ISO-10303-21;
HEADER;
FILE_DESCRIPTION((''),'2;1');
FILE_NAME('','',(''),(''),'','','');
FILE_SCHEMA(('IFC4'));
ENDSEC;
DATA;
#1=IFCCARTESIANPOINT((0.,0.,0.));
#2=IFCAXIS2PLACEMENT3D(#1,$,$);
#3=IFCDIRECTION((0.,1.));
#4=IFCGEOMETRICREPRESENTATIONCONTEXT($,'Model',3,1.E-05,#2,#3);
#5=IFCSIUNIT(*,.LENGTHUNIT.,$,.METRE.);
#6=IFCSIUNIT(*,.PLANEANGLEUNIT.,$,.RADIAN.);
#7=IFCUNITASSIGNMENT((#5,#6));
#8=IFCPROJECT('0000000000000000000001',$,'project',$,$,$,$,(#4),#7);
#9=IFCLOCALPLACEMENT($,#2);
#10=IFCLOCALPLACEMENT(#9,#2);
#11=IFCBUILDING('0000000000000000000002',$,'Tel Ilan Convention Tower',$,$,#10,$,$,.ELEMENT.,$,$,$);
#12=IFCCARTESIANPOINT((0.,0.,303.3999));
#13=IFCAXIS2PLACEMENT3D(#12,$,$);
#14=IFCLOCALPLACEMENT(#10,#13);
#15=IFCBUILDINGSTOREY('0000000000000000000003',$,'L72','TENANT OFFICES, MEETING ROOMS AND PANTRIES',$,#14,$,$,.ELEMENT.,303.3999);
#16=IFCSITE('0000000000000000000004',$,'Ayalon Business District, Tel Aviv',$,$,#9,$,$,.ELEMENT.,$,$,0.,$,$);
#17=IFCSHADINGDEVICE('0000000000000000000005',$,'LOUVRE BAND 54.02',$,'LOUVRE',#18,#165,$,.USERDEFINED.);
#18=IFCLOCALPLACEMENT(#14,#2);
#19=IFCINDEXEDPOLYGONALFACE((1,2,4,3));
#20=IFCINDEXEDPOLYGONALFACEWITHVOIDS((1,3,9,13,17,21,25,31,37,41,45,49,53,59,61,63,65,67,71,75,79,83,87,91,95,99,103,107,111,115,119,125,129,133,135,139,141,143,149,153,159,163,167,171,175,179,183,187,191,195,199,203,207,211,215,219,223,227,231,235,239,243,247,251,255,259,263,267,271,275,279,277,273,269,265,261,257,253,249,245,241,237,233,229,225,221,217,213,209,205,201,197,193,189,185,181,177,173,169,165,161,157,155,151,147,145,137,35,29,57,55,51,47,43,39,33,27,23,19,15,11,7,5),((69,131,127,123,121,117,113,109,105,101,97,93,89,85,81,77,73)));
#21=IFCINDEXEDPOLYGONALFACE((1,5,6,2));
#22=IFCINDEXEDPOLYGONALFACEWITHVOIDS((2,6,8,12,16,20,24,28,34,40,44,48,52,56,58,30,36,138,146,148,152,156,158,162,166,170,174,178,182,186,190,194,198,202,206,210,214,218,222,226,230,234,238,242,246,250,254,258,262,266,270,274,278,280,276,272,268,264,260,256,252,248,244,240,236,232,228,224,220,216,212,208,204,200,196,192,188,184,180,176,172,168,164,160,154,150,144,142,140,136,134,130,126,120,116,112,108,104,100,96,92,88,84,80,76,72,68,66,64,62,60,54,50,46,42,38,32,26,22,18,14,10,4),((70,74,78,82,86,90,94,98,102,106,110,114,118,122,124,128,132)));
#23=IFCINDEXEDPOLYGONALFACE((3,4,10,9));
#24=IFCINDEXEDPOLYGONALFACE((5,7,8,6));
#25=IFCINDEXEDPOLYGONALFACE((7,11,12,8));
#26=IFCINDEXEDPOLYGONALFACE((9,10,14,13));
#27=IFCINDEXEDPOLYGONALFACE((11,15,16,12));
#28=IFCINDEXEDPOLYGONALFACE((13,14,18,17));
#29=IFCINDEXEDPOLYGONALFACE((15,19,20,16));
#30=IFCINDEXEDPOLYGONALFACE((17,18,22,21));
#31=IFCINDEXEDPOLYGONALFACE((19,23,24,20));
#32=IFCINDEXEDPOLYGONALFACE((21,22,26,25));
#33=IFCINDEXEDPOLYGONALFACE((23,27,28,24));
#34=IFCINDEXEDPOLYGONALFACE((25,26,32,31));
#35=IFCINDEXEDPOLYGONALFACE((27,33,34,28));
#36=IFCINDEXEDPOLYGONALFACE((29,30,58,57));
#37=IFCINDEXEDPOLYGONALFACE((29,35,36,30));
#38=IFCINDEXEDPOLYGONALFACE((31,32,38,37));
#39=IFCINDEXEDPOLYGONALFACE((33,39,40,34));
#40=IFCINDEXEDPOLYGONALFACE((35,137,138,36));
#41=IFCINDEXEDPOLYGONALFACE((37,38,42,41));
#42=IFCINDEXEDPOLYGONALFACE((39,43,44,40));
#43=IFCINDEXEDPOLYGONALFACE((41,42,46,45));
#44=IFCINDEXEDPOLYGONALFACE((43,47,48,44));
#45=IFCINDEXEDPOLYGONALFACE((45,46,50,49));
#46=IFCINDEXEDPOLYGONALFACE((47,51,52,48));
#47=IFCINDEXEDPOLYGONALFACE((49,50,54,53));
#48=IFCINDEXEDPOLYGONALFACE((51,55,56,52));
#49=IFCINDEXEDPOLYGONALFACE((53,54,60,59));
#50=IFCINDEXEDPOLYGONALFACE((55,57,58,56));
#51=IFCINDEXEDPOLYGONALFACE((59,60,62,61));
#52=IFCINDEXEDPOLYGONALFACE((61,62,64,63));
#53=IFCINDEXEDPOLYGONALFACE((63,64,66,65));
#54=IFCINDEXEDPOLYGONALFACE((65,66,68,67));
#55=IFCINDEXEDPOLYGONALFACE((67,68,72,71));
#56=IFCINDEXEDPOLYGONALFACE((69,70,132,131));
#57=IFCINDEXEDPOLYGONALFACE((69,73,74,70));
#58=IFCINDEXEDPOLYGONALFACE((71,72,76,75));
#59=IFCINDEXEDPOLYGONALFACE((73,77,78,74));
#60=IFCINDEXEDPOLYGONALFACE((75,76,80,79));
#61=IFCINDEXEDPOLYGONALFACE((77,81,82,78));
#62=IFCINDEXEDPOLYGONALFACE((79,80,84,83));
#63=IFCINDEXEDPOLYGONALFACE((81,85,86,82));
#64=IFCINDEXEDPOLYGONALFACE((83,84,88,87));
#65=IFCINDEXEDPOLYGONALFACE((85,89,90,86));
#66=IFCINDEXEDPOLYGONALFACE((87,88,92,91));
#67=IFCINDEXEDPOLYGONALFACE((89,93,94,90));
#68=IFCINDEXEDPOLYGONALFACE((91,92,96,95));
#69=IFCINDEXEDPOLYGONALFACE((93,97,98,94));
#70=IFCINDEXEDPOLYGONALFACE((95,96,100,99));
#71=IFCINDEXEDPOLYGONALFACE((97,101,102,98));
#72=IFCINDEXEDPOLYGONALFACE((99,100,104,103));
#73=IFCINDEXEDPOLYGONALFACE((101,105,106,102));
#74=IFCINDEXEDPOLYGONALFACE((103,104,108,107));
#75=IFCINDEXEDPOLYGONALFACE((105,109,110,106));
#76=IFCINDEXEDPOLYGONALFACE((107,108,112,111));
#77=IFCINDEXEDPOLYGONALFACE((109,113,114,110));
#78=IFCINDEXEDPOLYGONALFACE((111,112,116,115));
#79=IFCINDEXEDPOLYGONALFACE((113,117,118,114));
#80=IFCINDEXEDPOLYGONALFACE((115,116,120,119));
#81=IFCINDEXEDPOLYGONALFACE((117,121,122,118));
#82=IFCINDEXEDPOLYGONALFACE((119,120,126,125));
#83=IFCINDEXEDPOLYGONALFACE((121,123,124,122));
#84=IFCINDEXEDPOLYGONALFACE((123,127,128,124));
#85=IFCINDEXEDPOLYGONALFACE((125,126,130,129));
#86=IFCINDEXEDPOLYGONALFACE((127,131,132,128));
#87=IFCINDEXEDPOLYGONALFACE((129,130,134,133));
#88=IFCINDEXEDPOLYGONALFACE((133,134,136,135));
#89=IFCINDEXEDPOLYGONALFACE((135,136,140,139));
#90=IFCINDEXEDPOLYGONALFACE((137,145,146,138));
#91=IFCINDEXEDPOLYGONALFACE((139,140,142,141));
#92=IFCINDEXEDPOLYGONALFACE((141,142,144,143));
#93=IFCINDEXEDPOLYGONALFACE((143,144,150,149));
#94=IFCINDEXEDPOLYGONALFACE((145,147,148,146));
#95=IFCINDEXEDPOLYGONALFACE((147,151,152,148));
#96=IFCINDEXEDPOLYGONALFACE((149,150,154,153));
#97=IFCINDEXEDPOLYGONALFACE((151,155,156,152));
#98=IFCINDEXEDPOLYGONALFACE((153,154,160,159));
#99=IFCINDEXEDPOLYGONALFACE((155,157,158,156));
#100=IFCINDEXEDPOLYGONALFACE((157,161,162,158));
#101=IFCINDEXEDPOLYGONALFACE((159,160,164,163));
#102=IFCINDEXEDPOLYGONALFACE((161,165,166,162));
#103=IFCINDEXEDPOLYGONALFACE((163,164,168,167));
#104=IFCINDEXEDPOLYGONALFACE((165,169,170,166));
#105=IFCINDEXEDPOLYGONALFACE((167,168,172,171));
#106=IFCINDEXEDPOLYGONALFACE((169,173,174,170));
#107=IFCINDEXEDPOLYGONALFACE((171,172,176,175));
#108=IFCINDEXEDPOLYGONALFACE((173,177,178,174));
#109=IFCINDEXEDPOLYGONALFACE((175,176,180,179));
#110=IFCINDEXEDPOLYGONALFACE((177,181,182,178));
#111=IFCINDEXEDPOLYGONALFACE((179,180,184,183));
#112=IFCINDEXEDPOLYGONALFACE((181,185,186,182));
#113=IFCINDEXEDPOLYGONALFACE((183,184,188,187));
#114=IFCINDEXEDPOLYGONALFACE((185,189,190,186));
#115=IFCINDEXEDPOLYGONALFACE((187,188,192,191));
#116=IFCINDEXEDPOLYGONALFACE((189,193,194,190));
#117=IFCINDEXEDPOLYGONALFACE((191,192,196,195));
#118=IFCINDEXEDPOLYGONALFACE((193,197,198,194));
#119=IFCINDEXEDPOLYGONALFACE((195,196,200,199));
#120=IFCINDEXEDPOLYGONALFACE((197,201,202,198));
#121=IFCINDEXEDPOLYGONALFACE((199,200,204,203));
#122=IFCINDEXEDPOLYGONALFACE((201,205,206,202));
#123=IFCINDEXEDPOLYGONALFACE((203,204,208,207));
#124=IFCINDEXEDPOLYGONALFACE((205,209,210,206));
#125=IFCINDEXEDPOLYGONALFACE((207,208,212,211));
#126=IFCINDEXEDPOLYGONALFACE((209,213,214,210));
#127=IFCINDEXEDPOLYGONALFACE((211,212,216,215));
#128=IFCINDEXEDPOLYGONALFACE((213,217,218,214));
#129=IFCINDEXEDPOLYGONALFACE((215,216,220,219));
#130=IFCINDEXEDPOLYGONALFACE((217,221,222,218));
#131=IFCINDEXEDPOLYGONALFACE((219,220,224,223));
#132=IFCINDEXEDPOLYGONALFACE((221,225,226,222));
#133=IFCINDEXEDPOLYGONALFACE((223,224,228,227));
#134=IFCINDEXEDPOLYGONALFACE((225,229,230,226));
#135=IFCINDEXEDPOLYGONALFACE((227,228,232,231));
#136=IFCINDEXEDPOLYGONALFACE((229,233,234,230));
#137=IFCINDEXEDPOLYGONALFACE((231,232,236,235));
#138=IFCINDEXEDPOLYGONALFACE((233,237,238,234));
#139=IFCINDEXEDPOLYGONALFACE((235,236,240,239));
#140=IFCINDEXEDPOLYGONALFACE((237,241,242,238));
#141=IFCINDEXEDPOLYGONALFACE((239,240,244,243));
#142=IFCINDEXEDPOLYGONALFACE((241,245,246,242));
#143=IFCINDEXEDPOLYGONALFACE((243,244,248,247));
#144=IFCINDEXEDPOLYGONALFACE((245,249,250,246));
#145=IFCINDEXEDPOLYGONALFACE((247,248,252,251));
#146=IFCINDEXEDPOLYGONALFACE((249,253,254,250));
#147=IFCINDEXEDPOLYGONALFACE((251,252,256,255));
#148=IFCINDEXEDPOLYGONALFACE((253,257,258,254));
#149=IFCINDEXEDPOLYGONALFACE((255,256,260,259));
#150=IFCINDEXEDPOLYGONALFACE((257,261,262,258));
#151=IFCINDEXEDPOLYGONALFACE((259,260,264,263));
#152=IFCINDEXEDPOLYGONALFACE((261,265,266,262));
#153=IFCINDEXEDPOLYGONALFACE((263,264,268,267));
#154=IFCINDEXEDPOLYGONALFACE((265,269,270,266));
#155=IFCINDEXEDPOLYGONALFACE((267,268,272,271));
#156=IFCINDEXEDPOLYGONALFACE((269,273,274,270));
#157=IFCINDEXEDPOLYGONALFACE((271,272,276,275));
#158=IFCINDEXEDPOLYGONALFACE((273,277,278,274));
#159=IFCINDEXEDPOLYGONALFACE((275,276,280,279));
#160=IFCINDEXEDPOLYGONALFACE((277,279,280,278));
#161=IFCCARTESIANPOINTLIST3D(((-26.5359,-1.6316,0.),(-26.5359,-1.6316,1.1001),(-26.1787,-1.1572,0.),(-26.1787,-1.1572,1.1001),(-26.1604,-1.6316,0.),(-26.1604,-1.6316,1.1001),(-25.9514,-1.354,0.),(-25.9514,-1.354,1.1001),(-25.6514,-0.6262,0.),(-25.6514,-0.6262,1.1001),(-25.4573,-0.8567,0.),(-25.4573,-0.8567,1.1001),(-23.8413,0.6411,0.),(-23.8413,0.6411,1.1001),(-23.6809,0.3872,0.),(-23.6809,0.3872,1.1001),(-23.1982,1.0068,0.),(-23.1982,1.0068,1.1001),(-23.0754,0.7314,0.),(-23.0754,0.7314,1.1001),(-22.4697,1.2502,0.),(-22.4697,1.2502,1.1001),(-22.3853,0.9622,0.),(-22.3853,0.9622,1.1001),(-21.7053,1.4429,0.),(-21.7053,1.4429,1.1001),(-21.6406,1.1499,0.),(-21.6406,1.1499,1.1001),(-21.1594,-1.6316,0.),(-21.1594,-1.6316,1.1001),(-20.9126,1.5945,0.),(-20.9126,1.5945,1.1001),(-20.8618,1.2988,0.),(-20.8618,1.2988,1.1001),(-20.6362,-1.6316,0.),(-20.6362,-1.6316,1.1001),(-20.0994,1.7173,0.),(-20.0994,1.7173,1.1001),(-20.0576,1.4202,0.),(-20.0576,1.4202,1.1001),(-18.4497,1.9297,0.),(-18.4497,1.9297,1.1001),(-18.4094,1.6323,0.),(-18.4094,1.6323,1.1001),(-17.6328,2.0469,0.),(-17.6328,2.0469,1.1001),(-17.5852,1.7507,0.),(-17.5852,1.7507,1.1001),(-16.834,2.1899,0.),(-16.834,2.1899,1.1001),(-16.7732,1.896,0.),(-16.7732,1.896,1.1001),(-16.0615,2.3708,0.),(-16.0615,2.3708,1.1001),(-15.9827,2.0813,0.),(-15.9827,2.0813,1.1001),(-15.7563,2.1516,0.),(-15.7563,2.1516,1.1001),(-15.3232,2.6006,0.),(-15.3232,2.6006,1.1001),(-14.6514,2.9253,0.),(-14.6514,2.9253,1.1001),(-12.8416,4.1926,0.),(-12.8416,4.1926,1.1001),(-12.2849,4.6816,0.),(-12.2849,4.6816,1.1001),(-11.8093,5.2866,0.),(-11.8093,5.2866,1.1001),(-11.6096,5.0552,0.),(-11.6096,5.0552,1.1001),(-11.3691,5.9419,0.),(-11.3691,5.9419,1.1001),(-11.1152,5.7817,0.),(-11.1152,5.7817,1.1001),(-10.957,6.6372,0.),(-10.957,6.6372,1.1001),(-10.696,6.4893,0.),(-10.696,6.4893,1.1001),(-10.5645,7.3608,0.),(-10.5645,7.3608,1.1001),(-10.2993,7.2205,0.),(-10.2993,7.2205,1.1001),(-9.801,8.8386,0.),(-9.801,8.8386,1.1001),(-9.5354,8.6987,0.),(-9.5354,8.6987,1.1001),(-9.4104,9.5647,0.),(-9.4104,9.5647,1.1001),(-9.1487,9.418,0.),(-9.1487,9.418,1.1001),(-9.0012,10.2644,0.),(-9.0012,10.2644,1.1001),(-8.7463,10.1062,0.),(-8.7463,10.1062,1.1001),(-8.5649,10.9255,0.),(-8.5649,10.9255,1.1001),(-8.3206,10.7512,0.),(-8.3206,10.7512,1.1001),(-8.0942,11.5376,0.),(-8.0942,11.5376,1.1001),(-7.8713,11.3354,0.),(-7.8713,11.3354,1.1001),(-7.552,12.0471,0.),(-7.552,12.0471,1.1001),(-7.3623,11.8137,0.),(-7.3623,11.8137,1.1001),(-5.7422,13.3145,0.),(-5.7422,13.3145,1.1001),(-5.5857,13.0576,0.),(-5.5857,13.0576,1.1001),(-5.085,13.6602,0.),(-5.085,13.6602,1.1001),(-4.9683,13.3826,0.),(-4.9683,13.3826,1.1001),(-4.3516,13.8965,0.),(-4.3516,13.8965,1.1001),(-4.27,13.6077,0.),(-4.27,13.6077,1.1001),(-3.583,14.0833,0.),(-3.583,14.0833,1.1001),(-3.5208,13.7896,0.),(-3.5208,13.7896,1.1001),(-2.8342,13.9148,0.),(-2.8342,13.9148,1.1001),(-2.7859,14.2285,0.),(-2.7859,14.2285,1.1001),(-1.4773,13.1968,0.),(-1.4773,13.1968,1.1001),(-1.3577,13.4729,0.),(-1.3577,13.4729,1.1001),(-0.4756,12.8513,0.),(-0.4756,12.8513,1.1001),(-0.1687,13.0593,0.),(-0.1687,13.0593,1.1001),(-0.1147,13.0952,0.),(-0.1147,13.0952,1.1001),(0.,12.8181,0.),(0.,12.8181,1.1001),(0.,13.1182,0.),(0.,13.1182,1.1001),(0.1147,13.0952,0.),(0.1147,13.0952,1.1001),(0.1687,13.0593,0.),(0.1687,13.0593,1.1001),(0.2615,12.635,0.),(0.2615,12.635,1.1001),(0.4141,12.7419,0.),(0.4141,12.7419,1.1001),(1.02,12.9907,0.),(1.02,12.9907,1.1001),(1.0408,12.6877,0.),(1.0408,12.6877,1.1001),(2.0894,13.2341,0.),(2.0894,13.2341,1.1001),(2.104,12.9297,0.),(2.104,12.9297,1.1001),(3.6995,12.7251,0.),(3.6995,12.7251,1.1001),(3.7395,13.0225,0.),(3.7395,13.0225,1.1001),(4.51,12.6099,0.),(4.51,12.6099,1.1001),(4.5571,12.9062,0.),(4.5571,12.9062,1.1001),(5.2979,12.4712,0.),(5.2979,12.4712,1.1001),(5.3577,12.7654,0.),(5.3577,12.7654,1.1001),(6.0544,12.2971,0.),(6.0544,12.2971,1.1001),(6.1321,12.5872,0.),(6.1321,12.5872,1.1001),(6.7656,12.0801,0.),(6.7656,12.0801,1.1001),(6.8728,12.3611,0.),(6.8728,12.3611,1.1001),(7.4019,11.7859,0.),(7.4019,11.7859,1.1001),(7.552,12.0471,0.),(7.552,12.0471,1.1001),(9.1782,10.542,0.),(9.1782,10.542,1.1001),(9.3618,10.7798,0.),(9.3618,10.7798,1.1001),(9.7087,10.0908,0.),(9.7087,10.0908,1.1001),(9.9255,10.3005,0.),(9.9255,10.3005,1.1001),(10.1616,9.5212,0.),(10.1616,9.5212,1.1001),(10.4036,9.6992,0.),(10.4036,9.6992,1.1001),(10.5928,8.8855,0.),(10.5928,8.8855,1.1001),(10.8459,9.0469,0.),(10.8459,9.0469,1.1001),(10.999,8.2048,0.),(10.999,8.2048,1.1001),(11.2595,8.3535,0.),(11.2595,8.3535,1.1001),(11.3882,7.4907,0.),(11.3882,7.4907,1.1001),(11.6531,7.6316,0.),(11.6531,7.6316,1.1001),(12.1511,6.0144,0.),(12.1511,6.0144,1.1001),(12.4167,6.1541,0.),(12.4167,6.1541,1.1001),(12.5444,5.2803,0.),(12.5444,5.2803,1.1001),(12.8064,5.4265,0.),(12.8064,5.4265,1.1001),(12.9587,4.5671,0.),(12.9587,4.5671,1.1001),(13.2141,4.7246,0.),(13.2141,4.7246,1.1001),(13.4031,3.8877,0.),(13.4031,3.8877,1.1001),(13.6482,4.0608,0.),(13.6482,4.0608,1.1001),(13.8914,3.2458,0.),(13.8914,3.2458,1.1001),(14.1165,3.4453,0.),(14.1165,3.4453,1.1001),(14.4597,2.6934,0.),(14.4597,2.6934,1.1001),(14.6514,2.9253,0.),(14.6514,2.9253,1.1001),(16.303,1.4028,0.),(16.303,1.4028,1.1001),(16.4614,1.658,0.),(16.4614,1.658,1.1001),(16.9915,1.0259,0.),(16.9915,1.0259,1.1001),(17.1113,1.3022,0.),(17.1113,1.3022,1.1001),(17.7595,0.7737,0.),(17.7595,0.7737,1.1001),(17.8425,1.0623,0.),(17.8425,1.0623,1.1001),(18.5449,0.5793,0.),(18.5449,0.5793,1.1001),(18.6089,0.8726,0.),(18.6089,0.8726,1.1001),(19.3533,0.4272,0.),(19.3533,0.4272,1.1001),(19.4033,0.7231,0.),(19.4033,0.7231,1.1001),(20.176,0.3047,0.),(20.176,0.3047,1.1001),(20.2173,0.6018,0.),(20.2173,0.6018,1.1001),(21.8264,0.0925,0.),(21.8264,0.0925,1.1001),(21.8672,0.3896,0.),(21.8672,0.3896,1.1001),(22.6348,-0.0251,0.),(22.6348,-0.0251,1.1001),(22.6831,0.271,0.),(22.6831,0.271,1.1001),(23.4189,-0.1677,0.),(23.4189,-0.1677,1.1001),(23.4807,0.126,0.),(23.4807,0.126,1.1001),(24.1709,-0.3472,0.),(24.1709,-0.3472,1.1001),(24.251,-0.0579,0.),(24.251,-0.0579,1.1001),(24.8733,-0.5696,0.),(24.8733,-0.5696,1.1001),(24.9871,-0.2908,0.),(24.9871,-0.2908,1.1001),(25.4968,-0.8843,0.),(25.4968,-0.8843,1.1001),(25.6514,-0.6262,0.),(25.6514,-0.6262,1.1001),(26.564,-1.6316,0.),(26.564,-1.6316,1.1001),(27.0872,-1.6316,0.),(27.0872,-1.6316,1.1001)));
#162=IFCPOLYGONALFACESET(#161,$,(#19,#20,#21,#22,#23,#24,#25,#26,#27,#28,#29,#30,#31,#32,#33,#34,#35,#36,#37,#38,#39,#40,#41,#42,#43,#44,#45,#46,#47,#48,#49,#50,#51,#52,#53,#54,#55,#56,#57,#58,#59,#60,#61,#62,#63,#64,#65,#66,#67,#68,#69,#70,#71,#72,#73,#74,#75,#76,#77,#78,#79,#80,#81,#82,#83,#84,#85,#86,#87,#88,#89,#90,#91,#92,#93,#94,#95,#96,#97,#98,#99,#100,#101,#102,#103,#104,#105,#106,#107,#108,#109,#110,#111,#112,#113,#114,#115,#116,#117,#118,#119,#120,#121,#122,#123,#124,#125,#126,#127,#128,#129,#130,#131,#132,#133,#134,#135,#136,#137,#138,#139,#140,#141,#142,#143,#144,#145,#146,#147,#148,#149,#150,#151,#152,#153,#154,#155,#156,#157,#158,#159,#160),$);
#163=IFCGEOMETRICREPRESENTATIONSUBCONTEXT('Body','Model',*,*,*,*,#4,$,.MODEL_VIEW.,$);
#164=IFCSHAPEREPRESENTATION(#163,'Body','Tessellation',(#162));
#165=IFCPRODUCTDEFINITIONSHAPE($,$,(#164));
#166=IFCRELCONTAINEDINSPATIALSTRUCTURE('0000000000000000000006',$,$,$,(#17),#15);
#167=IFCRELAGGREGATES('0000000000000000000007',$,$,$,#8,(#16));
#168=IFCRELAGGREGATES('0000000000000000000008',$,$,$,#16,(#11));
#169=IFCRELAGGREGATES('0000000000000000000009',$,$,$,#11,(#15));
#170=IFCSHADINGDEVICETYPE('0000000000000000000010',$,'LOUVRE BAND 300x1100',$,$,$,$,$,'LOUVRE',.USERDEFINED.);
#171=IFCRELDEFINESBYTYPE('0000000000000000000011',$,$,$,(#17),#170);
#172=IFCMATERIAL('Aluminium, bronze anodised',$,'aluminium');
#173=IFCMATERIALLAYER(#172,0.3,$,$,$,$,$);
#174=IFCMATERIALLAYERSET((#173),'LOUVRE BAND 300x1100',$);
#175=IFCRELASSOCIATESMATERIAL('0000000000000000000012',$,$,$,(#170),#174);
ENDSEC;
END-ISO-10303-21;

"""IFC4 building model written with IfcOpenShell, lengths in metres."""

from ifc_helpers import new_model, si_unit, direction, frame, origin, place, context, subcontext, project, spatial, polyline, outline, extrude, material, layer, layer_set, type_object, element, save


model = new_model("IFC4")

# Units and contexts
model_context = context("Model", 3, precision=1e-05, world=origin(), true_north=direction((0.0, 1.0)))
body_context = subcontext(model_context, "Body", "Model", "MODEL_VIEW")
ifc_project = project(units=[si_unit("LENGTHUNIT", "METRE"), si_unit("PLANEANGLEUNIT", "RADIAN")], contexts=[model_context])

# Site, building, storey
site_placement = place(None, origin())
site = spatial("IfcSite", under=ifc_project, at=site_placement, Name="Ayalon Business District, Tel Aviv", CompositionType="ELEMENT", RefElevation=0.0)
building_placement = place(site_placement, origin())
building = spatial("IfcBuilding", under=site, at=building_placement, Name="Tel Ilan Convention Tower", CompositionType="ELEMENT")
storey_placement = place(building_placement, frame((0.0, 0.0, 303.3999)))
storey = spatial("IfcBuildingStorey", under=building, at=storey_placement, Name="L72", Description="TENANT OFFICES, MEETING ROOMS AND PANTRIES", CompositionType="ELEMENT", Elevation=303.3999)

# Shading device
ifc_material_1 = material(Name="Aluminium, bronze anodised", Category="aluminium")
ifc_layer_1 = layer(ifc_material_1, 0.3)
ifc_layer_set_1 = layer_set([ifc_layer_1], Name="LOUVRE BAND 300x1100")
shading_device_type_1 = type_object("IfcShadingDeviceType", Name="LOUVRE BAND 300x1100", ElementType="LOUVRE", PredefinedType="USERDEFINED", material=ifc_layer_set_1)
shading_device_placement = place(storey_placement, origin())
element("IfcShadingDevice", 1, at=shading_device_placement, inside=storey, type_object=shading_device_type_1, Name="LOUVRE BAND 54.02", ObjectType="LOUVRE", PredefinedType="USERDEFINED", context=body_context, shape_type="SweptSolid", body=[
    extrude(outline(polyline([(-26.1787, -1.1572), (-26.5359, -1.6316), (-26.1604, -1.6316), (-25.9514, -1.354), (-25.4573, -0.8567), (-23.6809, 0.3872), (-23.0754, 0.7314), (-22.3853, 0.9622), (-21.6406, 1.1499), (-20.8618, 1.2988), (-20.0576, 1.4202), (-18.4094, 1.6323), (-17.5852, 1.7507), (-16.7732, 1.896), (-15.9827, 2.0813), (-15.7563, 2.1516), (-21.1594, -1.6316), (-20.6362, -1.6316), (0.0, 12.8181), (0.2615, 12.635), (0.4141, 12.7419), (1.0408, 12.6877), (2.104, 12.9297), (3.6995, 12.7251), (4.51, 12.6099), (5.2979, 12.4712), (6.0544, 12.2971), (6.7656, 12.0801), (7.4019, 11.7859), (9.1782, 10.542), (9.7087, 10.0908), (10.1616, 9.5212), (10.5928, 8.8855), (10.999, 8.2048), (11.3882, 7.4907), (12.1511, 6.0144), (12.5444, 5.2803), (12.9587, 4.5671), (13.4031, 3.8877), (13.8914, 3.2458), (14.4597, 2.6934), (16.303, 1.4028), (16.9915, 1.0259), (17.7595, 0.7737), (18.5449, 0.5793), (19.3533, 0.4272), (20.176, 0.3047), (21.8264, 0.0925), (22.6348, -0.0251), (23.4189, -0.1677), (24.1709, -0.3472), (24.8733, -0.5696), (25.4968, -0.8843), (26.564, -1.6316), (27.0872, -1.6316), (25.6514, -0.6262), (24.9871, -0.2908), (24.251, -0.0579), (23.4807, 0.126), (22.6831, 0.271), (21.8672, 0.3896), (20.2173, 0.6018), (19.4033, 0.7231), (18.6089, 0.8726), (17.8425, 1.0623), (17.1113, 1.3022), (16.4614, 1.658), (14.6514, 2.9253), (14.1165, 3.4453), (13.6482, 4.0608), (13.2141, 4.7246), (12.8064, 5.4265), (12.4167, 6.1541), (11.6531, 7.6316), (11.2595, 8.3535), (10.8459, 9.0469), (10.4036, 9.6992), (9.9255, 10.3005), (9.3618, 10.7798), (7.552, 12.0471), (6.8728, 12.3611), (6.1321, 12.5872), (5.3577, 12.7654), (4.5571, 12.9062), (3.7395, 13.0225), (2.0894, 13.2341), (1.02, 12.9907), (0.1687, 13.0593), (0.1147, 13.0952), (0.0, 13.1182), (-0.1147, 13.0952), (-0.1687, 13.0593), (-1.3577, 13.4729), (-2.7859, 14.2285), (-3.583, 14.0833), (-4.3516, 13.8965), (-5.085, 13.6602), (-5.7422, 13.3145), (-7.552, 12.0471), (-8.0942, 11.5376), (-8.5649, 10.9255), (-9.0012, 10.2644), (-9.4104, 9.5647), (-9.801, 8.8386), (-10.5645, 7.3608), (-10.957, 6.6372), (-11.3691, 5.9419), (-11.8093, 5.2866), (-12.2849, 4.6816), (-12.8416, 4.1926), (-14.6514, 2.9253), (-15.3232, 2.6006), (-16.0615, 2.3708), (-16.834, 2.1899), (-17.6328, 2.0469), (-18.4497, 1.9297), (-20.0994, 1.7173), (-20.9126, 1.5945), (-21.7053, 1.4429), (-22.4697, 1.2502), (-23.1982, 1.0068), (-23.8413, 0.6411), (-25.6514, -0.6262), (-26.1787, -1.1572)]), holes=[polyline([(-11.6096, 5.0552), (-11.1152, 5.7817), (-10.696, 6.4893), (-10.2993, 7.2205), (-9.5354, 8.6987), (-9.1487, 9.418), (-8.7463, 10.1062), (-8.3206, 10.7512), (-7.8713, 11.3354), (-7.3623, 11.8137), (-5.5857, 13.0576), (-4.9683, 13.3826), (-4.27, 13.6077), (-3.5208, 13.7896), (-2.8342, 13.9148), (-1.4773, 13.1968), (-0.4756, 12.8513), (-11.6096, 5.0552)])]), origin(), (0.0, 0.0, 1.0), 1.1001),
])

save(model, "model.ifc")
